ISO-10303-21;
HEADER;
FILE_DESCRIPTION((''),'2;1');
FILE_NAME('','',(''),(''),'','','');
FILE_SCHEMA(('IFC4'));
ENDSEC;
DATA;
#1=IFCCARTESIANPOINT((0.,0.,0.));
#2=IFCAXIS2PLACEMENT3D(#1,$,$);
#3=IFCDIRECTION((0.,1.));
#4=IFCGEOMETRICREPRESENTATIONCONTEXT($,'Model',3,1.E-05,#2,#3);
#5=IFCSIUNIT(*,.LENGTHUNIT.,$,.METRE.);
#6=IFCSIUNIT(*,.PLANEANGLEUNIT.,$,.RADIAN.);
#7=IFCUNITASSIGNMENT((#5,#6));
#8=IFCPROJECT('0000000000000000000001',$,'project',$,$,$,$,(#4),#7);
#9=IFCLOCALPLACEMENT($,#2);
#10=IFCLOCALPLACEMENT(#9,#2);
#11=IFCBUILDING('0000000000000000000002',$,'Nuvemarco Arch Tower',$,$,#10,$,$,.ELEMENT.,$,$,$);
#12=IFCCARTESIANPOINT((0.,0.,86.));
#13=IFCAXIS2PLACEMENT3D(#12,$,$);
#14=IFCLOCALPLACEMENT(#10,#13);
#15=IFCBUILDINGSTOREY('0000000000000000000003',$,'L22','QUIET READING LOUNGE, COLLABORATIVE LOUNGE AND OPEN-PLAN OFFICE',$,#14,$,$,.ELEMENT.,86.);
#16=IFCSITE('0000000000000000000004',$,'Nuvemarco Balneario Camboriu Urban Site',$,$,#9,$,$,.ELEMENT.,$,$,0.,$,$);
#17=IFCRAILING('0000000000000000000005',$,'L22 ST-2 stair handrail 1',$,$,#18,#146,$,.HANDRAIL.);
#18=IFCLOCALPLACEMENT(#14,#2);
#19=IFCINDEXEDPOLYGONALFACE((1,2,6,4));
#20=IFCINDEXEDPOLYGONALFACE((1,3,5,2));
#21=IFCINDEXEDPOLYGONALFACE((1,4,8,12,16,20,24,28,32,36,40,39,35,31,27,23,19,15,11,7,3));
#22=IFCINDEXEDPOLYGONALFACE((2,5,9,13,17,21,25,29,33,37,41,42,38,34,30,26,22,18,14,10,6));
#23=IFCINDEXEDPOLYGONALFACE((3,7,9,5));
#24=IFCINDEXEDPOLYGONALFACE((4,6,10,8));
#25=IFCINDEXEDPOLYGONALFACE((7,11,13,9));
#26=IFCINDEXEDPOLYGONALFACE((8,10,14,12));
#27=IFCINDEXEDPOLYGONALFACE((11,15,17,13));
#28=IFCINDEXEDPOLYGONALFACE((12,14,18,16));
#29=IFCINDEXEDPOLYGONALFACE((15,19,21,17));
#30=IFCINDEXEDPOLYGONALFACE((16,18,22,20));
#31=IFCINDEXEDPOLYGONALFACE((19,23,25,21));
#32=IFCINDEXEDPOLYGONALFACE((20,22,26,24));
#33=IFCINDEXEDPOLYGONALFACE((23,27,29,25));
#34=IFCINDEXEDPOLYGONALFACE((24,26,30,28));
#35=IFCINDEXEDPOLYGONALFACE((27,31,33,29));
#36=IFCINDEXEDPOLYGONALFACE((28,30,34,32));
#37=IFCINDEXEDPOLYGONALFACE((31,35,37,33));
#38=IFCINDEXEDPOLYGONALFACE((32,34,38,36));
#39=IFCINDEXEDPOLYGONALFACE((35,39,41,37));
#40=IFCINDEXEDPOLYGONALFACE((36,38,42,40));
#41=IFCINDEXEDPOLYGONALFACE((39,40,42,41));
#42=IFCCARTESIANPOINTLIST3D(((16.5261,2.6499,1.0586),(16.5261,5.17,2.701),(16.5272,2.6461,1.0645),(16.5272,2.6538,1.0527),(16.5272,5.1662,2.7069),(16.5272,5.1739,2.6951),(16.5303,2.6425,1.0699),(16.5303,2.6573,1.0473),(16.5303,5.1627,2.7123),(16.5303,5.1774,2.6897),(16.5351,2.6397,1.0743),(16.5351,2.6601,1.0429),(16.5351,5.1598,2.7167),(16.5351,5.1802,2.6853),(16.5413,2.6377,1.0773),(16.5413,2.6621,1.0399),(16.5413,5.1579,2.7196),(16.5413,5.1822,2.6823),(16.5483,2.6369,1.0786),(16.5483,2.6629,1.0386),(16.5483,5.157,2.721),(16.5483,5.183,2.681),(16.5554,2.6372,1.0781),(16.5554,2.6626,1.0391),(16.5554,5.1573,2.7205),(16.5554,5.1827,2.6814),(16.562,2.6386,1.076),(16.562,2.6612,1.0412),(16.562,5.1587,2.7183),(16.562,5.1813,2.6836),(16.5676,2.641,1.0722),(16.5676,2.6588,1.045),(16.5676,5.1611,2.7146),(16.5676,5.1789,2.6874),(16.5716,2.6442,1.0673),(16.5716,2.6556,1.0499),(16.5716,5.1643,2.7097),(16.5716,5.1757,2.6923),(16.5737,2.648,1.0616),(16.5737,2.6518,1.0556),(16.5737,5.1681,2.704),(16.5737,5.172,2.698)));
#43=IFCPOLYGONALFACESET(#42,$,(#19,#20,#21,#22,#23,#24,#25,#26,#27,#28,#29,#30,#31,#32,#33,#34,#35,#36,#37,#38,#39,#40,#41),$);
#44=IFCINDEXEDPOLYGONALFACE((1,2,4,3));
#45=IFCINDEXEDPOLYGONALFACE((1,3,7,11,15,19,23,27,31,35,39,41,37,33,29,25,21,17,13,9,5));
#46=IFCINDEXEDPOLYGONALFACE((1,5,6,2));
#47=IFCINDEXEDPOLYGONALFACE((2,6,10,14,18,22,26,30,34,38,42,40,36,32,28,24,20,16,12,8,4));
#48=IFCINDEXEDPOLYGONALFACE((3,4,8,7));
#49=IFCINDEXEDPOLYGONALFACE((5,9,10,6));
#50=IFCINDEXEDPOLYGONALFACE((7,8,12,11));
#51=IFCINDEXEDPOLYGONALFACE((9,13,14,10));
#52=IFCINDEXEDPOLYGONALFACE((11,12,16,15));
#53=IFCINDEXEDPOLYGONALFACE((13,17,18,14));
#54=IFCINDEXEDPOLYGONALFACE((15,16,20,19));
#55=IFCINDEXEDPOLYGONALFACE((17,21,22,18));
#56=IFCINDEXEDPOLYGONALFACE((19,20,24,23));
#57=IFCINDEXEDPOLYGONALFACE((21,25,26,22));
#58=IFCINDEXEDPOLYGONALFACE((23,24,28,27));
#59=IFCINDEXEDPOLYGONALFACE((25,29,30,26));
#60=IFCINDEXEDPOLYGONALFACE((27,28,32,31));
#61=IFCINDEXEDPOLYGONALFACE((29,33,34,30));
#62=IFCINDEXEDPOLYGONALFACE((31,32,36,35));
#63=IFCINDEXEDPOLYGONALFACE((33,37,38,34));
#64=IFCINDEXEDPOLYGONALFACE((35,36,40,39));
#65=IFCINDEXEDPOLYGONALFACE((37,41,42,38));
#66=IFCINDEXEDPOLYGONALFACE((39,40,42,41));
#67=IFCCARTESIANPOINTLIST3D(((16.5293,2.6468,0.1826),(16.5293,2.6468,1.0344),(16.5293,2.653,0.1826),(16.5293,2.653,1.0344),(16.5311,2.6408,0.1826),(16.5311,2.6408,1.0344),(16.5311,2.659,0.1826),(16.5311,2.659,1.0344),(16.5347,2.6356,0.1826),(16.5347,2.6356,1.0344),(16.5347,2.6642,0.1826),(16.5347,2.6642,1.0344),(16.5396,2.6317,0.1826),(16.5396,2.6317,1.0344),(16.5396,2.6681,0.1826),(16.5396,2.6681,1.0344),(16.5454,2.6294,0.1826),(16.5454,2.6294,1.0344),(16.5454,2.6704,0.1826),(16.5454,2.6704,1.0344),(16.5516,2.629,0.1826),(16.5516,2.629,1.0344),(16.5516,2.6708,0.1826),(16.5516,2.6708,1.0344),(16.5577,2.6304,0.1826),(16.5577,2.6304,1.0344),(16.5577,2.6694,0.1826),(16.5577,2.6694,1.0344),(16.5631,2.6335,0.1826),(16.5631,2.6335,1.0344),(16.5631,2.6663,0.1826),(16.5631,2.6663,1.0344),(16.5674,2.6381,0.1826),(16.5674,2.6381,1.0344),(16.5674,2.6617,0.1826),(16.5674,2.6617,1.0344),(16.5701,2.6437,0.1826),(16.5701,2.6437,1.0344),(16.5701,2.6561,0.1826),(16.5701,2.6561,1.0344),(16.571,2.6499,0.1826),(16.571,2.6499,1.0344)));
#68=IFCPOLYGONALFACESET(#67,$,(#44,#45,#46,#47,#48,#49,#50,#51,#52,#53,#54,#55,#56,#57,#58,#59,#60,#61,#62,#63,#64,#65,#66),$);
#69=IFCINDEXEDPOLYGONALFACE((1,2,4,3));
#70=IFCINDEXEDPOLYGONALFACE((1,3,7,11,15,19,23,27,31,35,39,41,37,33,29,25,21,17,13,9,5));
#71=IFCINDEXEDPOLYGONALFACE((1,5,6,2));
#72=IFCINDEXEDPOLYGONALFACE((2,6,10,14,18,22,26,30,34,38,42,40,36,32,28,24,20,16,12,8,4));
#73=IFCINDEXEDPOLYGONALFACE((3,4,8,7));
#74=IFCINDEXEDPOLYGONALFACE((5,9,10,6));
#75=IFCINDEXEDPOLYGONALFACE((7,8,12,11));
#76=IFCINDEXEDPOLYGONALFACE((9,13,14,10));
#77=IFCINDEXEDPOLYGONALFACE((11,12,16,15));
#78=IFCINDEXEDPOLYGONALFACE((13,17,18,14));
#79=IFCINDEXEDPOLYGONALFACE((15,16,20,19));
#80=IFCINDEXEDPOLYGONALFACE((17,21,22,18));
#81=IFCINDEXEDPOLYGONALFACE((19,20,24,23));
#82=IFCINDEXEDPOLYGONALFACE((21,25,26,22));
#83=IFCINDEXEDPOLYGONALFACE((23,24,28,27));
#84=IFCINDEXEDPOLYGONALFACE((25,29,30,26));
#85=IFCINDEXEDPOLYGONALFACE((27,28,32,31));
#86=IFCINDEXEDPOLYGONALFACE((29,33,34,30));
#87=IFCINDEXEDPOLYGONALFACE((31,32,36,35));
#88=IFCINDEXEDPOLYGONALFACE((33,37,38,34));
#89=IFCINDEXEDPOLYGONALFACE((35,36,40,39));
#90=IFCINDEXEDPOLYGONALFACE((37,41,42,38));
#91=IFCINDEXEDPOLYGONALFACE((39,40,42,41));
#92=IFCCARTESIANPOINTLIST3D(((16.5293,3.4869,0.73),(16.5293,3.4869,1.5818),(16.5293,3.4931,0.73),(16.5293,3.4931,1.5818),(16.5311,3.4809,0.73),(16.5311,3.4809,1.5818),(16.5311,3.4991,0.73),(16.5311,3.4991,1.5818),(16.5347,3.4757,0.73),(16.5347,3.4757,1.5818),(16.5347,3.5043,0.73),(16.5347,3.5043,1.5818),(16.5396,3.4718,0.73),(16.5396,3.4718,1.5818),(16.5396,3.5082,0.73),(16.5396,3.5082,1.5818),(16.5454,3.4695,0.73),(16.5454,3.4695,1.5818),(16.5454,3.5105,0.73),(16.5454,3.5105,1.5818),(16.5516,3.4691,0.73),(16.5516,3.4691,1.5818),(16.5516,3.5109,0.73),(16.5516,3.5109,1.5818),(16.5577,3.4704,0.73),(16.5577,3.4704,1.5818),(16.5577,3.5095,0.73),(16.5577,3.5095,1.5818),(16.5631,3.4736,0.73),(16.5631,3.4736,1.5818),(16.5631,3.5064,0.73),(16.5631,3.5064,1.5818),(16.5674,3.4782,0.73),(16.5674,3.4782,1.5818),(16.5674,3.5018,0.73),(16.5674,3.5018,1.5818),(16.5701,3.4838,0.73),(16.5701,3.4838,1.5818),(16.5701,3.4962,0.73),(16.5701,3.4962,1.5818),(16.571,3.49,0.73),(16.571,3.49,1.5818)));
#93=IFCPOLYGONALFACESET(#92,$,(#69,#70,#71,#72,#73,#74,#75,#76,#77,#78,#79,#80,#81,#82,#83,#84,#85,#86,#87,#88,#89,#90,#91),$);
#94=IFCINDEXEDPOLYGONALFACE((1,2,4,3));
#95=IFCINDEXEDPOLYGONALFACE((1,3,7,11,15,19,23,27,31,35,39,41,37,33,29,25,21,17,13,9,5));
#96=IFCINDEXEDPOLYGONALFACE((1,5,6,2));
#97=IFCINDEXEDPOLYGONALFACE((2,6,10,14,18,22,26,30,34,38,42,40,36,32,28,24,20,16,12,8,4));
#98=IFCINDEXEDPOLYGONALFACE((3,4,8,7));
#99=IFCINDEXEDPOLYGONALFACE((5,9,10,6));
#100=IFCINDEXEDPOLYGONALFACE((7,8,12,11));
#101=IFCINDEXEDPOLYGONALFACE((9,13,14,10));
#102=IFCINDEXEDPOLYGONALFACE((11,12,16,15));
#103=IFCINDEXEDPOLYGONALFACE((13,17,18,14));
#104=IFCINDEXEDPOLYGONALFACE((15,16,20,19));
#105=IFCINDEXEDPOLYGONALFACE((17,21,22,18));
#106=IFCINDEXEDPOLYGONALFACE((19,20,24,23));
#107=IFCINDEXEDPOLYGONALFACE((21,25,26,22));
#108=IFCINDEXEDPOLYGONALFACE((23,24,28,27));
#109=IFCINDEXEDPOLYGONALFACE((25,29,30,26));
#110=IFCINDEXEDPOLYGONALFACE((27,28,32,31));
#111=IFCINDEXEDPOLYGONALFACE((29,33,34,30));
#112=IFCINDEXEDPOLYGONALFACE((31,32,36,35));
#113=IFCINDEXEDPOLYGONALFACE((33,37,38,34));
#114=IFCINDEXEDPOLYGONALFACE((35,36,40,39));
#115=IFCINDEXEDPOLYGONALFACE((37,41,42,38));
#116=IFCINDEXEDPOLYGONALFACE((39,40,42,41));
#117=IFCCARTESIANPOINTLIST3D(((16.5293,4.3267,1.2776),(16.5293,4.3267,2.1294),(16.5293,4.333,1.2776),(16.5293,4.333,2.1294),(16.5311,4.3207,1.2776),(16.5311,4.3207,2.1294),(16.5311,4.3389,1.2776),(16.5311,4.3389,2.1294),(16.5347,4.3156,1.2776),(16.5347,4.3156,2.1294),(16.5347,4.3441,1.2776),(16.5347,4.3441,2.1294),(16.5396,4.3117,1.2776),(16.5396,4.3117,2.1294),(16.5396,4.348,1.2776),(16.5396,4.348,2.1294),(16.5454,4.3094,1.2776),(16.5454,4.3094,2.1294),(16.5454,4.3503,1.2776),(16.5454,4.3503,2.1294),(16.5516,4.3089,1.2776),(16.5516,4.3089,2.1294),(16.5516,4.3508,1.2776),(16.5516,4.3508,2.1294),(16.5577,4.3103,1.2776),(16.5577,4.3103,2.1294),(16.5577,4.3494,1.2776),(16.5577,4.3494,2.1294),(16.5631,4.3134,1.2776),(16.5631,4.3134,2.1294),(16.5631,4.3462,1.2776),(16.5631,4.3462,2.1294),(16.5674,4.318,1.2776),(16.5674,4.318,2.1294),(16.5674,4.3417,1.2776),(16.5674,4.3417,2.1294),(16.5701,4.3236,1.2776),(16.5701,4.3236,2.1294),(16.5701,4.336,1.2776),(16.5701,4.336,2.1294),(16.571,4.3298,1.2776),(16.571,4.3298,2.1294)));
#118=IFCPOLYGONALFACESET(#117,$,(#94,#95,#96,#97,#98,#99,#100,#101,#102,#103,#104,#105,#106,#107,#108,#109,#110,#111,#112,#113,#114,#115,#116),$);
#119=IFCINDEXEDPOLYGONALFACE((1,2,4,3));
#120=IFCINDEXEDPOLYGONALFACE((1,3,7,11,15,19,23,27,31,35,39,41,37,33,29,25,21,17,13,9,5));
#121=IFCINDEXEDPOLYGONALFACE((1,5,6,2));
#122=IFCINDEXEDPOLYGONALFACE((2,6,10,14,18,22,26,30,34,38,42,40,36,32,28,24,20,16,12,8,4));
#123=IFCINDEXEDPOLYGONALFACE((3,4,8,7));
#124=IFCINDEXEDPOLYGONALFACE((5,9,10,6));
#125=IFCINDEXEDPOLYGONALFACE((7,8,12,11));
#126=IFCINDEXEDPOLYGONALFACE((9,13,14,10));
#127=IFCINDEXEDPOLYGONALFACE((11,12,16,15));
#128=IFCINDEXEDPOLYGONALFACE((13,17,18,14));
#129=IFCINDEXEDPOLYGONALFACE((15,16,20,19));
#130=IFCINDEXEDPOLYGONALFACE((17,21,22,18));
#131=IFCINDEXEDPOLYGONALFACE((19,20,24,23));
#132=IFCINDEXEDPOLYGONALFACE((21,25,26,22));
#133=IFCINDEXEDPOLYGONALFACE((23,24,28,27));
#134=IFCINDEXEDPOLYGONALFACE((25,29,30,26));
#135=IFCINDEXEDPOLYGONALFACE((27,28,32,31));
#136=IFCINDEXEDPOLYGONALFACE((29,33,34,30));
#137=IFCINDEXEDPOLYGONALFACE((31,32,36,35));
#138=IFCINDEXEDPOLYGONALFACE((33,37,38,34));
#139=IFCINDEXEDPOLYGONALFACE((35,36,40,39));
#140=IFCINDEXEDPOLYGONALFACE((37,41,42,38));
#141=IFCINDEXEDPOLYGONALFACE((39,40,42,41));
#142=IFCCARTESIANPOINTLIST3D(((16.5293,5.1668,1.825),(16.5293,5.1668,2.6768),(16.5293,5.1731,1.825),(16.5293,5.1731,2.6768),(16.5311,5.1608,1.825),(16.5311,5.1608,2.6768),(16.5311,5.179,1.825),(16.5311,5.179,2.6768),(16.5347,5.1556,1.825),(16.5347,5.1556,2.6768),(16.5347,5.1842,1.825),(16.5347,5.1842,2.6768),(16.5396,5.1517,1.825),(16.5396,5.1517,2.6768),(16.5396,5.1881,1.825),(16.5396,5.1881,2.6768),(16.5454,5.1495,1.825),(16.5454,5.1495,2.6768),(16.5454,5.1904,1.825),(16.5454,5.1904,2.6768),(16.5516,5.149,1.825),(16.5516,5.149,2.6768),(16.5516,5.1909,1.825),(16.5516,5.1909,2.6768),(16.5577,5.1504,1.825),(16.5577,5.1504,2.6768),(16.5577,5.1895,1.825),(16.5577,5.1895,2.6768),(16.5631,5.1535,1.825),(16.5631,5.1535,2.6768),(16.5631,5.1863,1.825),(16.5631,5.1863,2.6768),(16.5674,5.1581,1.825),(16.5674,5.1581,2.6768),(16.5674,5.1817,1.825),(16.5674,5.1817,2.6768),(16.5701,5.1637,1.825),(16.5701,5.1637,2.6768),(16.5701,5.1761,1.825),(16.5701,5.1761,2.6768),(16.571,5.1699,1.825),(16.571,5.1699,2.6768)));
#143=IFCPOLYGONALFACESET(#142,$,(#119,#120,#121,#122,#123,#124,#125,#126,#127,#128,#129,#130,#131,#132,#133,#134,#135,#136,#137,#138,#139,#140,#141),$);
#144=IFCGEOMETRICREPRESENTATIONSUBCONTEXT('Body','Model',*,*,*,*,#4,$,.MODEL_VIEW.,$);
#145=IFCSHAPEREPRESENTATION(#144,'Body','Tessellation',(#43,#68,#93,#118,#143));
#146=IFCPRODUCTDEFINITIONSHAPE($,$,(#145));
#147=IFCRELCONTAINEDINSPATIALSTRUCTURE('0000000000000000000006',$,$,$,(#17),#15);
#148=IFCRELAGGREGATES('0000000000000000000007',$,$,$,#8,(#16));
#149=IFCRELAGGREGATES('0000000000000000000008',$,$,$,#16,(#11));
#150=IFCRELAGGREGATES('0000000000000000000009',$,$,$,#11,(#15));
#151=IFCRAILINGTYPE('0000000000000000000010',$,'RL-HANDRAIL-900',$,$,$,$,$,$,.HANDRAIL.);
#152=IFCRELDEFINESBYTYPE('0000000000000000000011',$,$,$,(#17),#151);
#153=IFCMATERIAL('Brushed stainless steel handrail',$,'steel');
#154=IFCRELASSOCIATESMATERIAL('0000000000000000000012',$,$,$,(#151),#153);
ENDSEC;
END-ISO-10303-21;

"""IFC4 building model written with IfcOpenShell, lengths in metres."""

from ifc_helpers import new_model, si_unit, direction, frame, origin, origin_2d, place, context, subcontext, project, spatial, circle, extrude, material, type_object, element, save


model = new_model("IFC4")

# Units and contexts
model_context = context("Model", 3, precision=1e-05, world=origin(), true_north=direction((0.0, 1.0)))
body_context = subcontext(model_context, "Body", "Model", "MODEL_VIEW")
ifc_project = project(units=[si_unit("LENGTHUNIT", "METRE"), si_unit("PLANEANGLEUNIT", "RADIAN")], contexts=[model_context])

# Site, building, storey
site_placement = place(None, origin())
site = spatial("IfcSite", under=ifc_project, at=site_placement, Name="Nuvemarco Balneario Camboriu Urban Site", CompositionType="ELEMENT", RefElevation=0.0)
building_placement = place(site_placement, origin())
building = spatial("IfcBuilding", under=site, at=building_placement, Name="Nuvemarco Arch Tower", CompositionType="ELEMENT")
storey_placement = place(building_placement, frame((0.0, 0.0, 86.0)))
storey = spatial("IfcBuildingStorey", under=building, at=storey_placement, Name="L22", Description="QUIET READING LOUNGE, COLLABORATIVE LOUNGE AND OPEN-PLAN OFFICE", CompositionType="ELEMENT", Elevation=86.0)

# Railing
ifc_material_1 = material(Name="Brushed stainless steel handrail", Category="steel")
railing_type_1 = type_object("IfcRailingType", Name="RL-HANDRAIL-900", PredefinedType="HANDRAIL", material=ifc_material_1)
railing_1_placement = place(storey_placement, frame((16.55, 2.6499, 0.1826)))
element("IfcRailing", 1, at=railing_1_placement, inside=storey, type_object=railing_type_1, Name="L22 ST-2 stair handrail 1", PredefinedType="HANDRAIL", context=body_context, shape_type="SweptSolid", body=[
    extrude(circle(Radius=0.0239, at=origin_2d()), frame((0.0, 0.0, 0.876), z_axis=(0.0, 0.837787, 0.545998), x_axis=(-1.0, 0.0, 0.0)), (0.0, 0.0, 1.0), 3.0081),
    extrude(circle(Radius=0.021, at=origin_2d()), origin(), (0.0, 0.0, 1.0), 0.8518),
    extrude(circle(Radius=0.021, at=origin_2d()), frame((0.0, 0.8401, 0.5474)), (0.0, 0.0, 1.0), 0.8518),
    extrude(circle(Radius=0.021, at=origin_2d()), frame((0.0, 1.6799, 1.095)), (0.0, 0.0, 1.0), 0.8518),
    extrude(circle(Radius=0.021, at=origin_2d()), frame((0.0, 2.52, 1.6423)), (0.0, 0.0, 1.0), 0.8518),
])

save(model, "model.ifc")
